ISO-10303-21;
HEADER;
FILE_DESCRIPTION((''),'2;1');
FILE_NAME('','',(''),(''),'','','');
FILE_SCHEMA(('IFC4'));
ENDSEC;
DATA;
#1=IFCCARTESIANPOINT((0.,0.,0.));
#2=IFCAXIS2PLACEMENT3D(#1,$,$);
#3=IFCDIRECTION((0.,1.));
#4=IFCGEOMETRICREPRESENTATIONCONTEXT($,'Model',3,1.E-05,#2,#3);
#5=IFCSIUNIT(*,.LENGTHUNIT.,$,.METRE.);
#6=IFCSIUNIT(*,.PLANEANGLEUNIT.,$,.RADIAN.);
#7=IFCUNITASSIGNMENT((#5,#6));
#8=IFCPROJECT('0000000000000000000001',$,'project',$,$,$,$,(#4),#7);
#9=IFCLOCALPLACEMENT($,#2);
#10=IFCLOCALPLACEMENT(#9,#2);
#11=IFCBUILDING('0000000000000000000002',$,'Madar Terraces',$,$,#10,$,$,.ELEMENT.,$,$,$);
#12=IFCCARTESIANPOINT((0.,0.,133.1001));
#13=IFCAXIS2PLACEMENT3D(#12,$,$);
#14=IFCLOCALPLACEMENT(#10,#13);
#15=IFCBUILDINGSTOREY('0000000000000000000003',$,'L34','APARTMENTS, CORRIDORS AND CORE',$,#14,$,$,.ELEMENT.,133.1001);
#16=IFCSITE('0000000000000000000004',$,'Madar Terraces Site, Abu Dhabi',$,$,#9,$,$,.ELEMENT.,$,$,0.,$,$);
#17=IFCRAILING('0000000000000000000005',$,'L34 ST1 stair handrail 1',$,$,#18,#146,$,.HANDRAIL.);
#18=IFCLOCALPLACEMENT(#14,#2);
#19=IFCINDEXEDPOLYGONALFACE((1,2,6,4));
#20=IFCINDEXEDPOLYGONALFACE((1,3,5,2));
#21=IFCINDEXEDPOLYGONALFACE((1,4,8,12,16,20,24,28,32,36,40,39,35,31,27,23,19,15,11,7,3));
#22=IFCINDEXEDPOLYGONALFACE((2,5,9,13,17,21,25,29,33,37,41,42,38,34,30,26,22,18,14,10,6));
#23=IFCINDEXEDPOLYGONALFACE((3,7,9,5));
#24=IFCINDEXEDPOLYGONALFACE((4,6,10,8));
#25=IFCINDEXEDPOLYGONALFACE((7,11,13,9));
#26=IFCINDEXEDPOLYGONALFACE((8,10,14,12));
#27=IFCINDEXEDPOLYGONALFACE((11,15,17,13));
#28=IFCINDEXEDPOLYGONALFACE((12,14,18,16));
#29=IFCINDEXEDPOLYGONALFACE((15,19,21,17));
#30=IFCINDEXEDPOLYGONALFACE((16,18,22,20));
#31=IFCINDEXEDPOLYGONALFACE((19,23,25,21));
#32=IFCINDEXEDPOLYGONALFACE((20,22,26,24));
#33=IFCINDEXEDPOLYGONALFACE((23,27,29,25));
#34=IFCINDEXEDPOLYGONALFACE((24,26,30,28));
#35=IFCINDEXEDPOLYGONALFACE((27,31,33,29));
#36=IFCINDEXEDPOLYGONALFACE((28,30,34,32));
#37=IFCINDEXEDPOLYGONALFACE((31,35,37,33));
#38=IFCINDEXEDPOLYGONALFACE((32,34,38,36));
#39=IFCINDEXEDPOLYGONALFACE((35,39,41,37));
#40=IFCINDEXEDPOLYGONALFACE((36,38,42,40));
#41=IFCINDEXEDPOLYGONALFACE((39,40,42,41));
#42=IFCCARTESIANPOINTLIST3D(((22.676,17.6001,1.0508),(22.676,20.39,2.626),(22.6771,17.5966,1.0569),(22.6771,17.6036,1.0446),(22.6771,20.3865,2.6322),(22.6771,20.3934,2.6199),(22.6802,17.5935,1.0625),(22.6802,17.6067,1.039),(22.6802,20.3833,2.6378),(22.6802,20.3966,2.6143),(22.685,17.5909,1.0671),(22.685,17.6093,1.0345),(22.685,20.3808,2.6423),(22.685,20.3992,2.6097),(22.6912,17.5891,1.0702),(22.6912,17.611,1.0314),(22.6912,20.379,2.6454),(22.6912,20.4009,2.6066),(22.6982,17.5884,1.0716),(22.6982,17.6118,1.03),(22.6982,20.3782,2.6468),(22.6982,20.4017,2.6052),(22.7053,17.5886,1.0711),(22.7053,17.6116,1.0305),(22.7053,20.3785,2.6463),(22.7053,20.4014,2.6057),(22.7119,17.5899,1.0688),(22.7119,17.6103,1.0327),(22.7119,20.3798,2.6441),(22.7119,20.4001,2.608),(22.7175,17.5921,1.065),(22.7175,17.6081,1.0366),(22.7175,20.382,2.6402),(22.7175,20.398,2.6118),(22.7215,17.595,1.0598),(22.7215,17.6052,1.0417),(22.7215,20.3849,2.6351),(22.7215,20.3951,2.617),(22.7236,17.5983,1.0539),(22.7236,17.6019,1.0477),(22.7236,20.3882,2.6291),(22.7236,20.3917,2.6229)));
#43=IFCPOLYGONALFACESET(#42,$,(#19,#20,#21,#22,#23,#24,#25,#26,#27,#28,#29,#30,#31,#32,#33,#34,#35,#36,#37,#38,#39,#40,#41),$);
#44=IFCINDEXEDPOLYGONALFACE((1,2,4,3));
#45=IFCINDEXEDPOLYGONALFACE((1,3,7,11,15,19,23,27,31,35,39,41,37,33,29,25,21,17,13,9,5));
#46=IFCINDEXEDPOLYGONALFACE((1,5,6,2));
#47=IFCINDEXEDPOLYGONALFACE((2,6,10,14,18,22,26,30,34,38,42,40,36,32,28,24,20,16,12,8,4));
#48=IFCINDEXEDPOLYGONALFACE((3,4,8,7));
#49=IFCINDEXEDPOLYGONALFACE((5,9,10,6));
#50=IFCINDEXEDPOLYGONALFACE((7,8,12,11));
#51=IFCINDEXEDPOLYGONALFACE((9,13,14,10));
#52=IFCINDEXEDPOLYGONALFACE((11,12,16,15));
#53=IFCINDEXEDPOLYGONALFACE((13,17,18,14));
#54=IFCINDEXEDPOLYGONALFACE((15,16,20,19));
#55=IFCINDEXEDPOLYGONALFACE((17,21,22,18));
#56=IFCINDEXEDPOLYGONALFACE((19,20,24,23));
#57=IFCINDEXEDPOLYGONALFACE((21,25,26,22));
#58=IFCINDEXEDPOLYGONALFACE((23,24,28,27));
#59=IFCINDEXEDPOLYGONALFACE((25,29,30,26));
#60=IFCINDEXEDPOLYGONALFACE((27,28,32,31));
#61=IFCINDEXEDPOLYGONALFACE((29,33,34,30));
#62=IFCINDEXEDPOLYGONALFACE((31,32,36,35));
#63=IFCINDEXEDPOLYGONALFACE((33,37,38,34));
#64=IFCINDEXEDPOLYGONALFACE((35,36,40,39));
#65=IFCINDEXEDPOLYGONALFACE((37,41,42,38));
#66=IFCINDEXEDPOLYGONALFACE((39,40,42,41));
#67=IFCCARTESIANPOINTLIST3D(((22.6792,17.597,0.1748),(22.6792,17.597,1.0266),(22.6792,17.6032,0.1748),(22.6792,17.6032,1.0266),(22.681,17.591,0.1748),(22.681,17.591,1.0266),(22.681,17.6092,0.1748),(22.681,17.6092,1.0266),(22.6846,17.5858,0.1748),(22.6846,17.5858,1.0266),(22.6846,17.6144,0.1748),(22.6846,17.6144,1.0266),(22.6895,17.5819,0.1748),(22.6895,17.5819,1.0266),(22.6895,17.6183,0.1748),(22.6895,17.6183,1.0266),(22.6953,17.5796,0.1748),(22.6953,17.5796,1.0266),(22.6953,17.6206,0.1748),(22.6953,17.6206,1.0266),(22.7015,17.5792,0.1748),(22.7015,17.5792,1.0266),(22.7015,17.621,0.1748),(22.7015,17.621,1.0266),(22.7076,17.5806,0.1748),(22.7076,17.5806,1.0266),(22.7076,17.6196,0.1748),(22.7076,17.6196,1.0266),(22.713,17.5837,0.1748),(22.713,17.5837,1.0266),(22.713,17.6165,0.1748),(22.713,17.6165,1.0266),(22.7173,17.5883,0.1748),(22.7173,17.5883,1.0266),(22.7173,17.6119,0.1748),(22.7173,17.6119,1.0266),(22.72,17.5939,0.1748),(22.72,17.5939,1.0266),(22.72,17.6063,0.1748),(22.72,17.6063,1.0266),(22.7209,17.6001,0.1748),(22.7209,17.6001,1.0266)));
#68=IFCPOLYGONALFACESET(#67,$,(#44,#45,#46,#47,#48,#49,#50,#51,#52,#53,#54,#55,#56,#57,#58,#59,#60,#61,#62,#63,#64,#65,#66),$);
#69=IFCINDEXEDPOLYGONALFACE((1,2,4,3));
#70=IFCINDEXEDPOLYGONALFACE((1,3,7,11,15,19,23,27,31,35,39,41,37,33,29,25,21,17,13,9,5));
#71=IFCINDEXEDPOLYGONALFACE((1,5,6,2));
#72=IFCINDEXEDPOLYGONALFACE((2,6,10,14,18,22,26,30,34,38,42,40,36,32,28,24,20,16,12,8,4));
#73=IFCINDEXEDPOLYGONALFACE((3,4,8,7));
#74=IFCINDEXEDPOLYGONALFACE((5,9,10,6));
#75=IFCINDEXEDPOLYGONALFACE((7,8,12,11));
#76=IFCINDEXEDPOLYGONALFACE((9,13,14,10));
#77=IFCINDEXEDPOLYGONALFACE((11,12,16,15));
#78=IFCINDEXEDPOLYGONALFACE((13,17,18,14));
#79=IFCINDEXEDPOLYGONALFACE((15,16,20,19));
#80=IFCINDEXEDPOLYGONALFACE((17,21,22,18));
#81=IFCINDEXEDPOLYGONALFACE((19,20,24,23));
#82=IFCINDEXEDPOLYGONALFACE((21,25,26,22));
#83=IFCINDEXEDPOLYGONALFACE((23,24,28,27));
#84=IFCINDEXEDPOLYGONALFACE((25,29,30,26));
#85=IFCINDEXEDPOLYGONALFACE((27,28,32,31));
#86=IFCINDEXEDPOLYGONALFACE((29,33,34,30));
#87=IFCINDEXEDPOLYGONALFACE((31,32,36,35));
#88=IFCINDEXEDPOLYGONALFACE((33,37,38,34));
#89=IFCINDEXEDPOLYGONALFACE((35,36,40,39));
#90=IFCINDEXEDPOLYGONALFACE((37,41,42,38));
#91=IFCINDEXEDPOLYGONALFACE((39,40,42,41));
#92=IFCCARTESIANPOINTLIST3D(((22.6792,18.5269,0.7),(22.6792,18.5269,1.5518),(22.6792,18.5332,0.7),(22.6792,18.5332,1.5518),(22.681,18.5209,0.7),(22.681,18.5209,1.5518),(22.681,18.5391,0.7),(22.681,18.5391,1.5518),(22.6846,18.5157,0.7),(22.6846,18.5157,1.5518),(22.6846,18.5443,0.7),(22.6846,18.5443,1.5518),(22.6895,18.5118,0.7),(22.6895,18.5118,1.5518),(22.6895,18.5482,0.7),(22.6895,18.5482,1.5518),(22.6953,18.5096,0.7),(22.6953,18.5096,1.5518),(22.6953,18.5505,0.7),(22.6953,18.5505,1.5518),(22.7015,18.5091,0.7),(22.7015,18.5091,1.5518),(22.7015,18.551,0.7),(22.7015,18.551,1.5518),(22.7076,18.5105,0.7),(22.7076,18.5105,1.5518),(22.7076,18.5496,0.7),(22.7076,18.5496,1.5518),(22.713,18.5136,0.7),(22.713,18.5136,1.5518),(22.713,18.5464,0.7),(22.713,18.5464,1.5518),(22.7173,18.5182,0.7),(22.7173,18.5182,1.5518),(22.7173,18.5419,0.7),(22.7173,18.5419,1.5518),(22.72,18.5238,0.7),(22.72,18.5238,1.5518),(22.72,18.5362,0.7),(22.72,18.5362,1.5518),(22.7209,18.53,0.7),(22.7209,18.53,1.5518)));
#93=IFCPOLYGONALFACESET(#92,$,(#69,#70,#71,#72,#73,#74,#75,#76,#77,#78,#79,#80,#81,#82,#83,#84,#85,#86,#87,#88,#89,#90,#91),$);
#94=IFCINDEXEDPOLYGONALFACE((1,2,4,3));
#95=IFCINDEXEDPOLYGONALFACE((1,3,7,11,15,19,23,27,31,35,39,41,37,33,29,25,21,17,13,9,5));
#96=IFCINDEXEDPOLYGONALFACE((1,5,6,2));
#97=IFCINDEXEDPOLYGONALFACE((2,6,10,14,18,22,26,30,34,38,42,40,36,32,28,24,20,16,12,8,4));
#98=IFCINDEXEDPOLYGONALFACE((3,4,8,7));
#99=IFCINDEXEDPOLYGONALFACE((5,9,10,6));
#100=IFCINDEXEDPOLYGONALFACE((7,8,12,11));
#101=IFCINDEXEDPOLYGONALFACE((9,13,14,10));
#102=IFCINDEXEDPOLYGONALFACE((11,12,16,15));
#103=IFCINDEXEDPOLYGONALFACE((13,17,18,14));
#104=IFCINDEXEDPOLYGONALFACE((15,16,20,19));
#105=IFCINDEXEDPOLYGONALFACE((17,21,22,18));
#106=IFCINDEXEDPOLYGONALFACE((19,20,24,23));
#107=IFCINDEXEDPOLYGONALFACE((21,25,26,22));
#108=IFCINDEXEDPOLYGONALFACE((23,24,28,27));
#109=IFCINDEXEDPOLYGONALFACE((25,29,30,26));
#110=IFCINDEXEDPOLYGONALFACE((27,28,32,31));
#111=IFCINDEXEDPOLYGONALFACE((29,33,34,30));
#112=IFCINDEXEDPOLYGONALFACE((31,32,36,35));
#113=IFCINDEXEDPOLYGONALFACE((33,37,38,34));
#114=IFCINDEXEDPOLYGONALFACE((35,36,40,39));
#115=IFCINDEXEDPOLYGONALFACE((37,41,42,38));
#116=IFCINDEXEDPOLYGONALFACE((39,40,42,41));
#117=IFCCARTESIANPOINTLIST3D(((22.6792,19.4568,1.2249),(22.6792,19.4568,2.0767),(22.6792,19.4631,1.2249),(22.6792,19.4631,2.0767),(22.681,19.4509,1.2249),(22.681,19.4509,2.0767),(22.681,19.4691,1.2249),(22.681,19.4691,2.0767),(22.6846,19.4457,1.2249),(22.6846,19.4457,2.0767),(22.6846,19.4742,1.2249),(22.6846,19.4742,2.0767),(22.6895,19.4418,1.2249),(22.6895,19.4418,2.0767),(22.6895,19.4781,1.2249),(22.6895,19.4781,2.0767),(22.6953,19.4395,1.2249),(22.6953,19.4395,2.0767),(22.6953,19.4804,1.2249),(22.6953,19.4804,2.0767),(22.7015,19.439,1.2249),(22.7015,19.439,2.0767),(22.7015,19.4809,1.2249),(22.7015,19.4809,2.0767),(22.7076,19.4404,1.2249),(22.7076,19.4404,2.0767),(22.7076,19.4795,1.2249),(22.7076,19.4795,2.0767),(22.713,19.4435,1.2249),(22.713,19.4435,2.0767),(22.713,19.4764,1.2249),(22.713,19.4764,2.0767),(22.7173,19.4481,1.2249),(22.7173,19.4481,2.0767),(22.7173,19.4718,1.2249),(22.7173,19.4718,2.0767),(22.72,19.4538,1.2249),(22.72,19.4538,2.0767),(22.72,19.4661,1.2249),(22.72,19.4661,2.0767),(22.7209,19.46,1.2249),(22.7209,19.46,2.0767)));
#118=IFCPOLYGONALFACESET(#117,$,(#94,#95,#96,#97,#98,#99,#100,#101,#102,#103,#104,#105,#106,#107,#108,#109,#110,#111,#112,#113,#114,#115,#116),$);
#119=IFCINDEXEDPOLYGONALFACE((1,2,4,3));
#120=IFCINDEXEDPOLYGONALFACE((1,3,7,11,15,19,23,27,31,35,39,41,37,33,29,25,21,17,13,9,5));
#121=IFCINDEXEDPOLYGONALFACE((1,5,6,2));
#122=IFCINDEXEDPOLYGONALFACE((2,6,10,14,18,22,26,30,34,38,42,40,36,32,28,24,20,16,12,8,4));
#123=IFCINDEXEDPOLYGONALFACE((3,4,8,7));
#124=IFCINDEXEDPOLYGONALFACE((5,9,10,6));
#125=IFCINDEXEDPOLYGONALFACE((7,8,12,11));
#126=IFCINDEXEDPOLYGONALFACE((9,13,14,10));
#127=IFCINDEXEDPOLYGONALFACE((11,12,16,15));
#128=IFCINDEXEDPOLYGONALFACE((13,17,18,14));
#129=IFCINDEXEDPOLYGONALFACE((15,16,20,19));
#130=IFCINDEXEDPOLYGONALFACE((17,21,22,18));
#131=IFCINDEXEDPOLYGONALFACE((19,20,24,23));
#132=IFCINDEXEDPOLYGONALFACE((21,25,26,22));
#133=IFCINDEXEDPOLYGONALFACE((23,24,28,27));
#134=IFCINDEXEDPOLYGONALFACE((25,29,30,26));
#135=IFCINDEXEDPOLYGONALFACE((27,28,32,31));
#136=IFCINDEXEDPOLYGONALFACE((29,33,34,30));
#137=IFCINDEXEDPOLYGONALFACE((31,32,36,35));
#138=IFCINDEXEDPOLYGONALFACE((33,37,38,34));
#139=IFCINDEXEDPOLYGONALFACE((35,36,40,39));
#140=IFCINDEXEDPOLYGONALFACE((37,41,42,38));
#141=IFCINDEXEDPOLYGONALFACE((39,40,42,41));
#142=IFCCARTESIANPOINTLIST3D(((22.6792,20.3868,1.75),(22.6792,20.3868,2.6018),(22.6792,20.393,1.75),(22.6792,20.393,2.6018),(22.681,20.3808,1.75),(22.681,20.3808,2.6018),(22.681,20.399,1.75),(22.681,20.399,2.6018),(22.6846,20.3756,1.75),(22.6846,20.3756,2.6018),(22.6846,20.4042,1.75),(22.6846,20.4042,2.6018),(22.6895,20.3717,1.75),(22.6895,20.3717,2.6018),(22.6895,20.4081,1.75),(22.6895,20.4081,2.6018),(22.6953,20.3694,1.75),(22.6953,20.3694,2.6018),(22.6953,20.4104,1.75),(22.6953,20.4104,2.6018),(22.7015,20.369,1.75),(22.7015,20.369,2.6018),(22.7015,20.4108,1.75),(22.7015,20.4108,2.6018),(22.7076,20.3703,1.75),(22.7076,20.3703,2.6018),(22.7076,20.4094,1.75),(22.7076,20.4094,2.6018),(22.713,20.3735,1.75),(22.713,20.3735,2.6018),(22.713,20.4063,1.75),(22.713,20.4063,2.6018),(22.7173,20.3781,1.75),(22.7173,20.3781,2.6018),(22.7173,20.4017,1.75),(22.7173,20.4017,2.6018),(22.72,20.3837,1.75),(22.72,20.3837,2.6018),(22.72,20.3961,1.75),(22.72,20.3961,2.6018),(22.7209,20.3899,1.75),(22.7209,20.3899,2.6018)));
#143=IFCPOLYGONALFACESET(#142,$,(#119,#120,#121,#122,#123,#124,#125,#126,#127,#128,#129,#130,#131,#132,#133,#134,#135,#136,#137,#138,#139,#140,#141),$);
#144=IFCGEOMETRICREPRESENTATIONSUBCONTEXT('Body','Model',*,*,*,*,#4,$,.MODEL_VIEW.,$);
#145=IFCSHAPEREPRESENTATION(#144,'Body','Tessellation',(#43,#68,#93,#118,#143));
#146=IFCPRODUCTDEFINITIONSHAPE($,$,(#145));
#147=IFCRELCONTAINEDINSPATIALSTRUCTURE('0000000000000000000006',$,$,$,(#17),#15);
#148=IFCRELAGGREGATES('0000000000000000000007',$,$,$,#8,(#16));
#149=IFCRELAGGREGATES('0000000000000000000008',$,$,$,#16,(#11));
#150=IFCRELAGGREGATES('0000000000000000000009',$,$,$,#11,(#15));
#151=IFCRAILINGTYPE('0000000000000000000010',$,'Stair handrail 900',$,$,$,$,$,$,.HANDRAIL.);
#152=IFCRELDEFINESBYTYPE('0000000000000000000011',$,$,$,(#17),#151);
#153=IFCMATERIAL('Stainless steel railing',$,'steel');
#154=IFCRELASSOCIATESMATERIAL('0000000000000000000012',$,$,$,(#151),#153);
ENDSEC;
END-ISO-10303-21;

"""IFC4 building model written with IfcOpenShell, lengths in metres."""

from ifc_helpers import new_model, si_unit, direction, frame, origin, origin_2d, place, context, subcontext, project, spatial, circle, extrude, material, type_object, element, save


model = new_model("IFC4")

# Units and contexts
model_context = context("Model", 3, precision=1e-05, world=origin(), true_north=direction((0.0, 1.0)))
body_context = subcontext(model_context, "Body", "Model", "MODEL_VIEW")
ifc_project = project(units=[si_unit("LENGTHUNIT", "METRE"), si_unit("PLANEANGLEUNIT", "RADIAN")], contexts=[model_context])

# Site, building, storey
site_placement = place(None, origin())
site = spatial("IfcSite", under=ifc_project, at=site_placement, Name="Madar Terraces Site, Abu Dhabi", CompositionType="ELEMENT", RefElevation=0.0)
building_placement = place(site_placement, origin())
building = spatial("IfcBuilding", under=site, at=building_placement, Name="Madar Terraces", CompositionType="ELEMENT")
storey_placement = place(building_placement, frame((0.0, 0.0, 133.1001)))
storey = spatial("IfcBuildingStorey", under=building, at=storey_placement, Name="L34", Description="APARTMENTS, CORRIDORS AND CORE", CompositionType="ELEMENT", Elevation=133.1001)

# Railing
ifc_material_1 = material(Name="Stainless steel railing", Category="steel")
railing_type_1 = type_object("IfcRailingType", Name="Stair handrail 900", PredefinedType="HANDRAIL", material=ifc_material_1)
railing_1_placement = place(storey_placement, frame((22.7, 17.6001, 0.1748)))
element("IfcRailing", 1, at=railing_1_placement, inside=storey, type_object=railing_type_1, Name="L34 ST1 stair handrail 1", PredefinedType="HANDRAIL", context=body_context, shape_type="SweptSolid", body=[
    extrude(circle(Radius=0.0239, at=origin_2d()), frame((0.0, 0.0, 0.876), z_axis=(0.0, 0.870783, 0.491668), x_axis=(-1.0, 0.0, 0.0)), (0.0, 0.0, 1.0), 3.2039),
    extrude(circle(Radius=0.021, at=origin_2d()), origin(), (0.0, 0.0, 1.0), 0.8518),
    extrude(circle(Radius=0.021, at=origin_2d()), frame((0.0, 0.9299, 0.5251)), (0.0, 0.0, 1.0), 0.8518),
    extrude(circle(Radius=0.021, at=origin_2d()), frame((0.0, 1.8599, 1.05)), (0.0, 0.0, 1.0), 0.8518),
    extrude(circle(Radius=0.021, at=origin_2d()), frame((0.0, 2.7898, 1.5752)), (0.0, 0.0, 1.0), 0.8518),
])

save(model, "model.ifc")
